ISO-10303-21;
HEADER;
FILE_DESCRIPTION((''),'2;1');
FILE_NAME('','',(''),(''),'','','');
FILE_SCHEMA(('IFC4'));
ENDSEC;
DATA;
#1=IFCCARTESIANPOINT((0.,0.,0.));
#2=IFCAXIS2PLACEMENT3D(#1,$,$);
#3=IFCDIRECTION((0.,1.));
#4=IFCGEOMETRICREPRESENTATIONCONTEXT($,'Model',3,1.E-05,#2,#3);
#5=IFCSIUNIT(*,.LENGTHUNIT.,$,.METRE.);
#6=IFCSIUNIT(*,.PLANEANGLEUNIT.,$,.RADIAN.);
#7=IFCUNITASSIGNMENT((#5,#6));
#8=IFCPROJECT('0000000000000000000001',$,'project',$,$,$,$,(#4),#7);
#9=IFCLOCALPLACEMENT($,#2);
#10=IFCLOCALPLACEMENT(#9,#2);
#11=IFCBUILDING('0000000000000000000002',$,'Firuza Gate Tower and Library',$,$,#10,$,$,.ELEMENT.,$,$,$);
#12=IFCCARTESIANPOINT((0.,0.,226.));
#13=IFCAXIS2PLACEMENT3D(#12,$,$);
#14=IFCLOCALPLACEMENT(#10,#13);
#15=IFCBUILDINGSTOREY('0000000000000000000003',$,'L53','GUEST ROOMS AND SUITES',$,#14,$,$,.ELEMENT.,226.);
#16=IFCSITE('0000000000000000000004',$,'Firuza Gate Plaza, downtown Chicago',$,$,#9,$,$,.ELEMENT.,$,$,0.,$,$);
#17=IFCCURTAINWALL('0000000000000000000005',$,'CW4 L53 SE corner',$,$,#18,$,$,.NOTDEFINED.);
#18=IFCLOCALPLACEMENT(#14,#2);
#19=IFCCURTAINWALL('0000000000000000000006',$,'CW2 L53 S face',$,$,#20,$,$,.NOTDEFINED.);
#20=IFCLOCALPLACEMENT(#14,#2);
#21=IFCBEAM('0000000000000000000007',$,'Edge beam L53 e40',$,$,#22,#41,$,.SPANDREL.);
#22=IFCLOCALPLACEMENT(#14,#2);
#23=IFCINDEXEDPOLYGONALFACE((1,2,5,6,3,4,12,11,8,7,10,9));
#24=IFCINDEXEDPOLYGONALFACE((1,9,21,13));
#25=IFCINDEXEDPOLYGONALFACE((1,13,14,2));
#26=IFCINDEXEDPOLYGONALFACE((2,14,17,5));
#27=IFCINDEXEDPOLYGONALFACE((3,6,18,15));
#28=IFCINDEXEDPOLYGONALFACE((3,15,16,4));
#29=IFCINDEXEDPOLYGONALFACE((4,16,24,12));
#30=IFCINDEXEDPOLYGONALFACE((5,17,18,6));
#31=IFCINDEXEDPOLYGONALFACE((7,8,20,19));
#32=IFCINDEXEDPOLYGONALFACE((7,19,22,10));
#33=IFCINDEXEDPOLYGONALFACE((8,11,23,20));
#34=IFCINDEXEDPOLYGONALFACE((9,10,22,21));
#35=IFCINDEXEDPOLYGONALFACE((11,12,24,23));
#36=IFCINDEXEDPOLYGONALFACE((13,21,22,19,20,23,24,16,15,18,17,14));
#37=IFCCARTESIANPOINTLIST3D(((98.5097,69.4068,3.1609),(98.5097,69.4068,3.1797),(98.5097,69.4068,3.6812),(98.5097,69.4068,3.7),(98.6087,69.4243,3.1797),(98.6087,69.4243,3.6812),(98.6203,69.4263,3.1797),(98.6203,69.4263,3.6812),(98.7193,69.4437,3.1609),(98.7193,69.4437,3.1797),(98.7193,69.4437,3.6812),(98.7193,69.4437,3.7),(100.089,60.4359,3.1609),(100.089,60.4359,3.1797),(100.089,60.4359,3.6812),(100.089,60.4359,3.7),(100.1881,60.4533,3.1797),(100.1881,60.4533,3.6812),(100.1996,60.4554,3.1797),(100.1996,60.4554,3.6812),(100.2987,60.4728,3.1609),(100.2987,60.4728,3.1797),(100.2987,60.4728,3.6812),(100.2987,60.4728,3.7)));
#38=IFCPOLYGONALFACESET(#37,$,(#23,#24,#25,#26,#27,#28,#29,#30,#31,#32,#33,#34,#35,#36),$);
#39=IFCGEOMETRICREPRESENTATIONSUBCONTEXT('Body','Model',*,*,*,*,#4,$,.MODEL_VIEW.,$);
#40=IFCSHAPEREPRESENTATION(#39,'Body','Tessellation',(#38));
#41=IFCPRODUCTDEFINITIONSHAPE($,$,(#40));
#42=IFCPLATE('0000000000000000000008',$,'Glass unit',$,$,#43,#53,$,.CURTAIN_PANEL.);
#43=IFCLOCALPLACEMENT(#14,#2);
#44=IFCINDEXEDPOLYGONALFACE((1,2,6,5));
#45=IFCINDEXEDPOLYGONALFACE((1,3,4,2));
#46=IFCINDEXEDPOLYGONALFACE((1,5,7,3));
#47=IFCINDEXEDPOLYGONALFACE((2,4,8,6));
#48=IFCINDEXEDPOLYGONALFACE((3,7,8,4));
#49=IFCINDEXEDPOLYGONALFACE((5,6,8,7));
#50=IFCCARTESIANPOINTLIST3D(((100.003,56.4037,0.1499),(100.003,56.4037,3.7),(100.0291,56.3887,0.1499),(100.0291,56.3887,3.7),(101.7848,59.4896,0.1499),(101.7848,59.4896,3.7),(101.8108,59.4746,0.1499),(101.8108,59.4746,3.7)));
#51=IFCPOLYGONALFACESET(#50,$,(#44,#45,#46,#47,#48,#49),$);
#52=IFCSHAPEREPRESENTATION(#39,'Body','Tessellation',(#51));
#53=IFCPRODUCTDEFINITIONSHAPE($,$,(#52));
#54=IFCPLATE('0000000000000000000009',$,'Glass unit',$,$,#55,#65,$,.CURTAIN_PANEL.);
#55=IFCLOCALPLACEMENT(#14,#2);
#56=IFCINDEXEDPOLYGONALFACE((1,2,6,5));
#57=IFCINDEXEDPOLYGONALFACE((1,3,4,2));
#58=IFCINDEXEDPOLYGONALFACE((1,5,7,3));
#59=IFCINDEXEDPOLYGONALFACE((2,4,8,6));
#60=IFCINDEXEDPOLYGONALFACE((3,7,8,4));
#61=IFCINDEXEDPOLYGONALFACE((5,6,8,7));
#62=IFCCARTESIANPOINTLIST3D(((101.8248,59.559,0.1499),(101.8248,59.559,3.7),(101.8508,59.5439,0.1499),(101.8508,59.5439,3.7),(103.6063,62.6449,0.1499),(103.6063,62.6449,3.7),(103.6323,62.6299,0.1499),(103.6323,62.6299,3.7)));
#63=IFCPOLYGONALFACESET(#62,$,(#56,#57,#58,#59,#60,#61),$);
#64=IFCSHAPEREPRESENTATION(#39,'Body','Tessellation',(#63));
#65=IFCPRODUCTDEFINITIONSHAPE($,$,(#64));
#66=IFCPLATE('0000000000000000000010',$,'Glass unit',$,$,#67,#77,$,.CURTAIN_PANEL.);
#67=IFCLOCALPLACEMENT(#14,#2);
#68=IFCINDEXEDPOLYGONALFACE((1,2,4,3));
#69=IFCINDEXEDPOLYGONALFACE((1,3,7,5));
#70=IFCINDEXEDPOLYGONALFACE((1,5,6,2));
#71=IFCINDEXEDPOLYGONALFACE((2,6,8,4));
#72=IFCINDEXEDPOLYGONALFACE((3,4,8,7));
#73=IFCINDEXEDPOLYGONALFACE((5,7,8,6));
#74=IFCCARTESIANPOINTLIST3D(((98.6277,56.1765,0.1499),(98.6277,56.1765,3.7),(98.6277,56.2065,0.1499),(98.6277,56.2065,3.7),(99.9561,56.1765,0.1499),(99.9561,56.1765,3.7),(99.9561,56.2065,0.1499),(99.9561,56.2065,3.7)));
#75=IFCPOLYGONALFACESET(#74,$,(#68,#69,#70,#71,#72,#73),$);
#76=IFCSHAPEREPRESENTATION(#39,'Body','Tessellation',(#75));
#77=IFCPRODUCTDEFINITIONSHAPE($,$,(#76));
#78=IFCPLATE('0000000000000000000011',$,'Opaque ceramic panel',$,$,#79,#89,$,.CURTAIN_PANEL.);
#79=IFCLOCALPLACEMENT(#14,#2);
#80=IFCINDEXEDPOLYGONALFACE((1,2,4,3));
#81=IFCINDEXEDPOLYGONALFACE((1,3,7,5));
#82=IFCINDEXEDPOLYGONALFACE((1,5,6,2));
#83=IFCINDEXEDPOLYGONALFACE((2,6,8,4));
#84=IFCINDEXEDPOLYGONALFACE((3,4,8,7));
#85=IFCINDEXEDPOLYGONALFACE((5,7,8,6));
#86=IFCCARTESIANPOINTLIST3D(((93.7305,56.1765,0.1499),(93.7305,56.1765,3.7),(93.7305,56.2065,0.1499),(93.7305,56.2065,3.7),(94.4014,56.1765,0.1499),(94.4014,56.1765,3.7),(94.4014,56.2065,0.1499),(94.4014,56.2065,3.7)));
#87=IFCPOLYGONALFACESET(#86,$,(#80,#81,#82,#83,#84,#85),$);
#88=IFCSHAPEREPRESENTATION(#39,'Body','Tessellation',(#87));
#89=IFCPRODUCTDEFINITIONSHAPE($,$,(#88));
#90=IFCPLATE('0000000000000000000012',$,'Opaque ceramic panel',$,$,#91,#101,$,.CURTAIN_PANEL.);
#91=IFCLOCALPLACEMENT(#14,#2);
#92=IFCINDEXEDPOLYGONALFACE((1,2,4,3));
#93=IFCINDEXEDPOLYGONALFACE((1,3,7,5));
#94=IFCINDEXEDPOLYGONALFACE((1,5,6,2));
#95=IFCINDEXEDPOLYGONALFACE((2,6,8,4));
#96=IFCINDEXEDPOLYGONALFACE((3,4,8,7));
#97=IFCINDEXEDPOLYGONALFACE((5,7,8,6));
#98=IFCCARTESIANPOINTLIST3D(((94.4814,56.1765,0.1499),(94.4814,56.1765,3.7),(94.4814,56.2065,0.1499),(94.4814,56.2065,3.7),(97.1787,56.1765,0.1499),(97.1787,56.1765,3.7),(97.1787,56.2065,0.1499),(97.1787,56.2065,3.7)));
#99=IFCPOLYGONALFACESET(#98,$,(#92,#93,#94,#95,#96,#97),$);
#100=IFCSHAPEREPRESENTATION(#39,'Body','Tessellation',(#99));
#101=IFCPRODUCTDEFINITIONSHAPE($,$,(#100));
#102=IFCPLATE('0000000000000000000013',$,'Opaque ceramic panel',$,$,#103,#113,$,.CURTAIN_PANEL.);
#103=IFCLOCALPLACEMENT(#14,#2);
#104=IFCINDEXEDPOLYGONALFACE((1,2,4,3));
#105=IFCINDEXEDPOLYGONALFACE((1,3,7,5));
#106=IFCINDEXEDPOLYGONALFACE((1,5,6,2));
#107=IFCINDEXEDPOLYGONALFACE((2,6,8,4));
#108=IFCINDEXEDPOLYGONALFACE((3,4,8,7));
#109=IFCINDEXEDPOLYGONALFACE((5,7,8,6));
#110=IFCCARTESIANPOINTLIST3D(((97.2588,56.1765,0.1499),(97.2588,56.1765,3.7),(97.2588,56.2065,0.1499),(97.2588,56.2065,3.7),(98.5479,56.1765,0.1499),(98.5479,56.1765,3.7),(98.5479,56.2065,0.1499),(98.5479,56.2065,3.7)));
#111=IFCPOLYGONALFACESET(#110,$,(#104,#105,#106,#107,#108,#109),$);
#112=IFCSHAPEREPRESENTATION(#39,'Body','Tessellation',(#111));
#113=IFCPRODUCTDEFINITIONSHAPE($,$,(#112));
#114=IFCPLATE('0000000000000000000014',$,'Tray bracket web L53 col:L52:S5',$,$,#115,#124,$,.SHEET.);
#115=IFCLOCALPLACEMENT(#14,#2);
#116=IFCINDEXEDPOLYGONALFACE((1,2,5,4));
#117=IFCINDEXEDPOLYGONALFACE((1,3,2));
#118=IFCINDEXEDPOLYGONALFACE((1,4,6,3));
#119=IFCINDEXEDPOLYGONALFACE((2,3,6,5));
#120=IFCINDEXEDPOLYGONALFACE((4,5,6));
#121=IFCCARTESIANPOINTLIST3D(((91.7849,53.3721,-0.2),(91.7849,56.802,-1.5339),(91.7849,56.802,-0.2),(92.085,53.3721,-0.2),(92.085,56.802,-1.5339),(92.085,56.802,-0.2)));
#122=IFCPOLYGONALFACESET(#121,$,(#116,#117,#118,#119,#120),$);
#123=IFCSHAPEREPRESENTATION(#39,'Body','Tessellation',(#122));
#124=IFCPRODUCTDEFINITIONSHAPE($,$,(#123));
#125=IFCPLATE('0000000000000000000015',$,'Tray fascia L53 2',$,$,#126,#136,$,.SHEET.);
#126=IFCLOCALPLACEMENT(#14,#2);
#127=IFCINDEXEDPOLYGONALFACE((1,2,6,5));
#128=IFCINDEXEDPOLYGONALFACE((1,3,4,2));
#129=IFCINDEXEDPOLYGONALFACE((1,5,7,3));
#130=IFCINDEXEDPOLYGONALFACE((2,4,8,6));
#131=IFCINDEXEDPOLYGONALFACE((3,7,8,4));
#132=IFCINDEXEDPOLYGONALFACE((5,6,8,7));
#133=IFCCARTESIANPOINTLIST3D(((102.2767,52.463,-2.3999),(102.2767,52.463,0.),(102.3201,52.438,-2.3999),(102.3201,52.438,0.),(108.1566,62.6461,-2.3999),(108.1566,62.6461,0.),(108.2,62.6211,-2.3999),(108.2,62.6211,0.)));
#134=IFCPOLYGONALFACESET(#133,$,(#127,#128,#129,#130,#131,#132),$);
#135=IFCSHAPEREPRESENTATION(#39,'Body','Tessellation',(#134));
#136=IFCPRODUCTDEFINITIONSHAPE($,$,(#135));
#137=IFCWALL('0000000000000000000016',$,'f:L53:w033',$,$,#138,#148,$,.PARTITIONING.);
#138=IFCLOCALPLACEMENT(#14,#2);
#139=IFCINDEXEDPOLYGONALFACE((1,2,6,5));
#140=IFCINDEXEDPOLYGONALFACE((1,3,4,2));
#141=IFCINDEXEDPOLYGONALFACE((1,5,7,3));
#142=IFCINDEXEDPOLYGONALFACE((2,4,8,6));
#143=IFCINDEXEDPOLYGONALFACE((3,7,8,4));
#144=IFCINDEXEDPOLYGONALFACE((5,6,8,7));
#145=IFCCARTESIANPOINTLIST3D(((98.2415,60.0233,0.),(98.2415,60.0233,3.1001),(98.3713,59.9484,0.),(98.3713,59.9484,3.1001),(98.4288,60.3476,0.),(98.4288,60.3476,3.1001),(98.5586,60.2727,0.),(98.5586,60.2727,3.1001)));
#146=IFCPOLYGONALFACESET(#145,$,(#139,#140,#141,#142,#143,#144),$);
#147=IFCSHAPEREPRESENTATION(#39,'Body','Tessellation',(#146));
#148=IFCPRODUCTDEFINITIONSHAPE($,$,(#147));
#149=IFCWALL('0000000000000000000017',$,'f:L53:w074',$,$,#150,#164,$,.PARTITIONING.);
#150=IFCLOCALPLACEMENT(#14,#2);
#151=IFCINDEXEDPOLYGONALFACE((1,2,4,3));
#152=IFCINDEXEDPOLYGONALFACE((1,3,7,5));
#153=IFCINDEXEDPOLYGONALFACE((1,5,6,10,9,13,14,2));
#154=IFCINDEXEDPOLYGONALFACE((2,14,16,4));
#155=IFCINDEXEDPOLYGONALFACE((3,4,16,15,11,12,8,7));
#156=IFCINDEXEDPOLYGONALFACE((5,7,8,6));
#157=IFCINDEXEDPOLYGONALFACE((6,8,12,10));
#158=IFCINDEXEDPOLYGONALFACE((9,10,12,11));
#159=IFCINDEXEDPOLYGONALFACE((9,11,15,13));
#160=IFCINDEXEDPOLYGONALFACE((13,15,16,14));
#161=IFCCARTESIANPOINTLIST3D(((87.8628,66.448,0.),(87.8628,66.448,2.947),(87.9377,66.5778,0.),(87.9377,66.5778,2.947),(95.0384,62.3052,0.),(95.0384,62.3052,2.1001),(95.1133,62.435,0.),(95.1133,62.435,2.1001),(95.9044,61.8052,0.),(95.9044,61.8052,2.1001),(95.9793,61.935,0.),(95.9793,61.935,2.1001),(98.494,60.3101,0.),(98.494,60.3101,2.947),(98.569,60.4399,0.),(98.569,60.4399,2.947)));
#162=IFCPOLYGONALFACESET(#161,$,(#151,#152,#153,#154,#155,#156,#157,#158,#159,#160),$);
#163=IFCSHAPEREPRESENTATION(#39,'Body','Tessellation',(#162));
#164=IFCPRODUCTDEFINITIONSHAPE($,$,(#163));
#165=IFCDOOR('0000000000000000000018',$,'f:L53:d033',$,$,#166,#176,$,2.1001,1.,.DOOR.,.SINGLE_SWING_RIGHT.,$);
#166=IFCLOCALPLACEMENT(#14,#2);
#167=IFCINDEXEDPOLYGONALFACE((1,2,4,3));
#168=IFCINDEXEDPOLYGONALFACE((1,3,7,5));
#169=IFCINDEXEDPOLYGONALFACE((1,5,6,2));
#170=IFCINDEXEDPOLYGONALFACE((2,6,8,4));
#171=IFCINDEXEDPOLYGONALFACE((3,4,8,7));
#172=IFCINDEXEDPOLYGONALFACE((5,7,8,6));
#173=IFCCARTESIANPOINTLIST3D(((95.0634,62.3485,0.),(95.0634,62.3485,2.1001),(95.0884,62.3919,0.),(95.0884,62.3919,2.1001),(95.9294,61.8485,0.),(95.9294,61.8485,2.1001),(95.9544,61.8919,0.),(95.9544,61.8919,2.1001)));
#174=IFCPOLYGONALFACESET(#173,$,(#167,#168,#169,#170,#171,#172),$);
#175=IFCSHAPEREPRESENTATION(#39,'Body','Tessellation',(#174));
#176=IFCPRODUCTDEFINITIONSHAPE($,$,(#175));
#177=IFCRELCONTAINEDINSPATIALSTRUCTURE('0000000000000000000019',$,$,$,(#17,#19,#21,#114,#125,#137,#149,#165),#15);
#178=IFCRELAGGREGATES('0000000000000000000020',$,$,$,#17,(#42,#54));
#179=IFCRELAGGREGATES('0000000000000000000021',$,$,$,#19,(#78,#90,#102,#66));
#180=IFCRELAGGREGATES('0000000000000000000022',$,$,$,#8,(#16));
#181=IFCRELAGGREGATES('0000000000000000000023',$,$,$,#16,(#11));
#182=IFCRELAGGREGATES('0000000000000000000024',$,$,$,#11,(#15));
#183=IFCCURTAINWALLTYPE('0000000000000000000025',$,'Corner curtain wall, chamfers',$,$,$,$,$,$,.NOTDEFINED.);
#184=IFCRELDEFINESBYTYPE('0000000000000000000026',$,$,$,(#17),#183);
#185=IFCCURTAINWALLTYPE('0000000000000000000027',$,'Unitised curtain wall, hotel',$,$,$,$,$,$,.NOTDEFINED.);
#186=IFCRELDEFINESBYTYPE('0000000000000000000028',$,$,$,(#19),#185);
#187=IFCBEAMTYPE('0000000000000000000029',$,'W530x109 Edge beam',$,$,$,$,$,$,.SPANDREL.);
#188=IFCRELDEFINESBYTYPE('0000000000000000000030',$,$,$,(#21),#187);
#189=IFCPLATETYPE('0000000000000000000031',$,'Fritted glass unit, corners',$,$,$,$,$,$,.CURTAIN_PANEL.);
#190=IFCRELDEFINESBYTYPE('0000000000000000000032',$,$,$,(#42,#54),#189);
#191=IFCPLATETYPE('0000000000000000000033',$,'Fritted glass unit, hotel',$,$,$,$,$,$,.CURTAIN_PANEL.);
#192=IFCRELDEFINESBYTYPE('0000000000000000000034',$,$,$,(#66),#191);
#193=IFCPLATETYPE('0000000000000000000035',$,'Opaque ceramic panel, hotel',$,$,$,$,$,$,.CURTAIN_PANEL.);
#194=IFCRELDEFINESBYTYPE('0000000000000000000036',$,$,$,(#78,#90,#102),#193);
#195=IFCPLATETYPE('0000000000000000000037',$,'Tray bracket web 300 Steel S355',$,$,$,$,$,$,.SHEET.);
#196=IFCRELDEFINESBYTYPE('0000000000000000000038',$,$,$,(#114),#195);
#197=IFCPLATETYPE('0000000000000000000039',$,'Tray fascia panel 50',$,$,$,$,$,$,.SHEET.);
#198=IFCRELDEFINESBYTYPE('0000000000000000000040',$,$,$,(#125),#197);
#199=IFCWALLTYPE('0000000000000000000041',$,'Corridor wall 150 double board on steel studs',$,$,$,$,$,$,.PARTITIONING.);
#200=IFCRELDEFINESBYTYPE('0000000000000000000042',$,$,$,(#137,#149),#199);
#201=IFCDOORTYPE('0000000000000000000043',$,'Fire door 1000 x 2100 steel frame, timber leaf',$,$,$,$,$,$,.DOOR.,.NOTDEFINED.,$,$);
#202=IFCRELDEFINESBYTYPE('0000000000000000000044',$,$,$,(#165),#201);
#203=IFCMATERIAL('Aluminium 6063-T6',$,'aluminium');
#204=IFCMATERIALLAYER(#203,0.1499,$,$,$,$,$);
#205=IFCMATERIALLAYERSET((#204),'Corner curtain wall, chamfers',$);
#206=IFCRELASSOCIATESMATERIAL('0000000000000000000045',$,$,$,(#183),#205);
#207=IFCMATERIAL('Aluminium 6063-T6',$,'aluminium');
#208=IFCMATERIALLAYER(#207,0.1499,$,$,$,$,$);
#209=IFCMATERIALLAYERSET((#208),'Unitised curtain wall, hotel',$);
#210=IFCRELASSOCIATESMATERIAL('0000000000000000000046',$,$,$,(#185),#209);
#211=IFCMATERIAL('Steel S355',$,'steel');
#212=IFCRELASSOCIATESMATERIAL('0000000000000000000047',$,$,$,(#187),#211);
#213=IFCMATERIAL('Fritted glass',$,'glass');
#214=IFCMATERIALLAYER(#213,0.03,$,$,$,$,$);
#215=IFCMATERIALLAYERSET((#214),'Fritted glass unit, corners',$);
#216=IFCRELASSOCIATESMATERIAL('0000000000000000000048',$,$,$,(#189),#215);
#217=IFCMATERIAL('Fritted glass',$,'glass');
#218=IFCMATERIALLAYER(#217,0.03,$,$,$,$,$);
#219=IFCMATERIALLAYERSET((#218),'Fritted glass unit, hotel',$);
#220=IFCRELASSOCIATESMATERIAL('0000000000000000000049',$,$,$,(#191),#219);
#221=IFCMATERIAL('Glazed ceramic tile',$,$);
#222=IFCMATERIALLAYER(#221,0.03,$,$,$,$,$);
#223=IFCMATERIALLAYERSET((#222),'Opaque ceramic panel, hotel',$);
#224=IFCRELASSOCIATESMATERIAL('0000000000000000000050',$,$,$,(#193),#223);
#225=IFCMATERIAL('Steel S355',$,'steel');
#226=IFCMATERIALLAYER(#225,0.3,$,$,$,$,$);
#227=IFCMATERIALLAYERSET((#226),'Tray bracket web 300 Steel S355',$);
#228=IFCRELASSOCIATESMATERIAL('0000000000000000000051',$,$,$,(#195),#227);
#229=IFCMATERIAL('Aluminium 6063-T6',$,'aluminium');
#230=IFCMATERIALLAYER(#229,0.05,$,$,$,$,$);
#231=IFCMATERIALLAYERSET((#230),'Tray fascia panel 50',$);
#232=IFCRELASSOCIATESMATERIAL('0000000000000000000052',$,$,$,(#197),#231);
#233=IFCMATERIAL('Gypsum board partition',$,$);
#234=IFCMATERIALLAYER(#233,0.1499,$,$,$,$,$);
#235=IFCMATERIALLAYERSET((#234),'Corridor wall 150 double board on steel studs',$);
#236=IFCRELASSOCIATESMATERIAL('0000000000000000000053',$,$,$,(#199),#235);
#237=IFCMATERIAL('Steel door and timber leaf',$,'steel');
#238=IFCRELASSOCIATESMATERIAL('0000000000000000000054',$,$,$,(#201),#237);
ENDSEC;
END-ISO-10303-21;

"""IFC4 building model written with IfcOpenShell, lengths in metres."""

from ifc_helpers import new_model, si_unit, direction, frame, frame_2d, origin, origin_2d, place, context, subcontext, project, spatial, polyline, rectangle, i_section, outline, extrude, material, layer, layer_set, material_profile, profile_set, type_object, element, fill, aggregate, save


model = new_model("IFC4")

# Units and contexts
model_context = context("Model", 3, precision=1e-05, world=origin(), true_north=direction((0.0, 1.0)))
body_context = subcontext(model_context, "Body", "Model", "MODEL_VIEW")
ifc_project = project(units=[si_unit("LENGTHUNIT", "METRE"), si_unit("PLANEANGLEUNIT", "RADIAN")], contexts=[model_context])

# Site, building, storey
site_placement = place(None, origin())
site = spatial("IfcSite", under=ifc_project, at=site_placement, Name="Firuza Gate Plaza, downtown Chicago", CompositionType="ELEMENT", RefElevation=0.0)
building_placement = place(site_placement, origin())
building = spatial("IfcBuilding", under=site, at=building_placement, Name="Firuza Gate Tower and Library", CompositionType="ELEMENT")
storey_placement = place(building_placement, frame((0.0, 0.0, 226.0)))
storey = spatial("IfcBuildingStorey", under=building, at=storey_placement, Name="L53", Description="GUEST ROOMS AND SUITES", CompositionType="ELEMENT", Elevation=226.0)

# Curtain walls
ifc_material_1 = material(Name="Aluminium 6063-T6", Category="aluminium")
ifc_layer_1 = layer(ifc_material_1, 0.1499)
ifc_layer_set_1 = layer_set([ifc_layer_1], Name="Corner curtain wall, chamfers")
curtain_wall_type_1 = type_object("IfcCurtainWallType", Name="Corner curtain wall, chamfers", PredefinedType="NOTDEFINED", material=ifc_layer_set_1)
placement = place(storey_placement, origin())
curtain_wall_1 = element("IfcCurtainWall", 1, at=placement, inside=storey, type_object=curtain_wall_type_1, Name="CW4 L53 SE corner", PredefinedType="NOTDEFINED")
ifc_material_2 = material(Name="Aluminium 6063-T6", Category="aluminium")
ifc_layer_2 = layer(ifc_material_2, 0.1499)
ifc_layer_set_2 = layer_set([ifc_layer_2], Name="Unitised curtain wall, hotel")
curtain_wall_type_2 = type_object("IfcCurtainWallType", Name="Unitised curtain wall, hotel", PredefinedType="NOTDEFINED", material=ifc_layer_set_2)
curtain_wall_2 = element("IfcCurtainWall", 2, at=placement, inside=storey, type_object=curtain_wall_type_2, Name="CW2 L53 S face", PredefinedType="NOTDEFINED")

# Beam
ifc_material_3 = material(Name="Steel S355", Category="steel")
ifc_material_profile_1 = material_profile(ifc_material_3, i_section(OverallWidth=0.2129, OverallDepth=0.5391, WebThickness=0.0117, FlangeThickness=0.0188, at=origin_2d()))
ifc_profile_set_1 = profile_set([ifc_material_profile_1], Name="Steel S355")
beam_type_1 = type_object("IfcBeamType", Name="W530x109 Edge beam", PredefinedType="SPANDREL", material=ifc_profile_set_1)
beam_1_placement = place(storey_placement, frame((100.1938, 60.4543, 3.4304), z_axis=(-0.173385, 0.984854, 0.0), x_axis=(-0.984854, -0.173385, 0.0)))
element("IfcBeam", 3, at=beam_1_placement, inside=storey, type_object=beam_type_1, Name="Edge beam L53 e40", PredefinedType="SPANDREL", context=body_context, shape_type="SweptSolid", body=[
    extrude(i_section(OverallWidth=0.2129, OverallDepth=0.5391, WebThickness=0.0117, FlangeThickness=0.0188, at=origin_2d()), origin(), (0.0, 0.0, 1.0), 9.1089),
])

# Plates
ifc_material_4 = material(Name="Fritted glass", Category="glass")
ifc_layer_3 = layer(ifc_material_4, 0.03)
ifc_layer_set_3 = layer_set([ifc_layer_3], Name="Fritted glass unit, corners")
plate_type_1 = type_object("IfcPlateType", Name="Fritted glass unit, corners", PredefinedType="CURTAIN_PANEL", material=ifc_layer_set_3)
plate_1_placement = place(storey_placement, frame((100.0291, 56.3887, 0.1499), z_axis=(0.866017, -0.500015, 0.0), x_axis=(0.500015, 0.866017, 0.0)))
plate_1 = element("IfcPlate", 4, at=plate_1_placement, type_object=plate_type_1, Name="Glass unit", PredefinedType="CURTAIN_PANEL", context=body_context, shape_type="SweptSolid", body=[
    extrude(outline(polyline([(0.0, 0.0), (3.5634, 0.0), (3.5634, 3.55), (0.0, 3.55), (0.0, 0.0)])), origin(), (0.0, 0.0, -1.0), 0.03),
])
plate_2_placement = place(storey_placement, frame((101.8508, 59.5439, 0.1499), z_axis=(0.866046, -0.499964, 0.0), x_axis=(0.499964, 0.866046, 0.0)))
plate_2 = element("IfcPlate", 5, at=plate_2_placement, type_object=plate_type_1, Name="Glass unit", PredefinedType="CURTAIN_PANEL", context=body_context, shape_type="SweptSolid", body=[
    extrude(outline(polyline([(0.0, 0.0), (3.5632, 0.0), (3.5632, 3.55), (0.0, 3.55), (0.0, 0.0)])), origin(), (0.0, 0.0, -1.0), 0.03),
])
aggregate(curtain_wall_1, [plate_1, plate_2])
ifc_material_5 = material(Name="Fritted glass", Category="glass")
ifc_layer_4 = layer(ifc_material_5, 0.03)
ifc_layer_set_4 = layer_set([ifc_layer_4], Name="Fritted glass unit, hotel")
plate_type_2 = type_object("IfcPlateType", Name="Fritted glass unit, hotel", PredefinedType="CURTAIN_PANEL", material=ifc_layer_set_4)
plate_3_placement = place(storey_placement, frame((98.6277, 56.1765, 0.1499), z_axis=(0.0, -1.0, 0.0), x_axis=(1.0, 0.0, 0.0)))
plate_3 = element("IfcPlate", 6, at=plate_3_placement, type_object=plate_type_2, Name="Glass unit", PredefinedType="CURTAIN_PANEL", context=body_context, shape_type="SweptSolid", body=[
    extrude(outline(polyline([(0.0, 0.0), (1.3284, 0.0), (1.3284, 3.55), (0.0, 3.55), (0.0, 0.0)])), origin(), (0.0, 0.0, -1.0), 0.03),
])
ifc_material_6 = material(Name="Glazed ceramic tile")
ifc_layer_5 = layer(ifc_material_6, 0.03)
ifc_layer_set_5 = layer_set([ifc_layer_5], Name="Opaque ceramic panel, hotel")
plate_type_3 = type_object("IfcPlateType", Name="Opaque ceramic panel, hotel", PredefinedType="CURTAIN_PANEL", material=ifc_layer_set_5)
plate_4_placement = place(storey_placement, frame((93.7305, 56.1765, 0.1499), z_axis=(0.0, -1.0, 0.0), x_axis=(1.0, 0.0, 0.0)))
plate_4 = element("IfcPlate", 7, at=plate_4_placement, type_object=plate_type_3, Name="Opaque ceramic panel", PredefinedType="CURTAIN_PANEL", context=body_context, shape_type="SweptSolid", body=[
    extrude(outline(polyline([(0.0, 0.0), (0.6709, 0.0), (0.6709, 3.55), (0.0, 3.55), (0.0, 0.0)])), origin(), (0.0, 0.0, -1.0), 0.03),
])
plate_5_placement = place(storey_placement, frame((94.4814, 56.1765, 0.1499), z_axis=(0.0, -1.0, 0.0), x_axis=(1.0, 0.0, 0.0)))
plate_5 = element("IfcPlate", 8, at=plate_5_placement, type_object=plate_type_3, Name="Opaque ceramic panel", PredefinedType="CURTAIN_PANEL", context=body_context, shape_type="SweptSolid", body=[
    extrude(outline(polyline([(0.0, 0.0), (2.6973, 0.0), (2.6973, 3.55), (0.0, 3.55), (0.0, 0.0)])), origin(), (0.0, 0.0, -1.0), 0.03),
])
plate_6_placement = place(storey_placement, frame((97.2588, 56.1765, 0.1499), z_axis=(0.0, -1.0, 0.0), x_axis=(1.0, 0.0, 0.0)))
plate_6 = element("IfcPlate", 9, at=plate_6_placement, type_object=plate_type_3, Name="Opaque ceramic panel", PredefinedType="CURTAIN_PANEL", context=body_context, shape_type="SweptSolid", body=[
    extrude(outline(polyline([(0.0, 0.0), (1.2891, 0.0), (1.2891, 3.55), (0.0, 3.55), (0.0, 0.0)])), origin(), (0.0, 0.0, -1.0), 0.03),
])
aggregate(curtain_wall_2, [plate_4, plate_5, plate_6, plate_3])

# Plates
ifc_material_7 = material(Name="Steel S355", Category="steel")
ifc_layer_6 = layer(ifc_material_7, 0.3)
ifc_layer_set_6 = layer_set([ifc_layer_6], Name="Tray bracket web 300 Steel S355")
plate_type_4 = type_object("IfcPlateType", Name="Tray bracket web 300 Steel S355", PredefinedType="SHEET", material=ifc_layer_set_6)
plate_7_placement = place(storey_placement, frame((92.085, 56.802, -0.2), z_axis=(1.0, 0.0, 0.0), x_axis=(0.0, -1.0, 0.0)))
element("IfcPlate", 10, at=plate_7_placement, inside=storey, type_object=plate_type_4, Name="Tray bracket web L53 col:L52:S5", PredefinedType="SHEET", context=body_context, shape_type="SweptSolid", body=[
    extrude(outline(polyline([(0.0, 0.0), (3.4299, 0.0), (0.0, 1.334), (0.0, 0.0)])), origin(), (0.0, 0.0, -1.0), 0.3),
])
ifc_material_8 = material(Name="Aluminium 6063-T6", Category="aluminium")
ifc_layer_7 = layer(ifc_material_8, 0.05)
ifc_layer_set_7 = layer_set([ifc_layer_7], Name="Tray fascia panel 50")
plate_type_5 = type_object("IfcPlateType", Name="Tray fascia panel 50", PredefinedType="SHEET", material=ifc_layer_set_7)
plate_8_placement = place(storey_placement, frame((102.3201, 52.438, -2.3999), z_axis=(0.866001, -0.500042, 0.0), x_axis=(0.500042, 0.866001, 0.0)))
element("IfcPlate", 11, at=plate_8_placement, inside=storey, type_object=plate_type_5, Name="Tray fascia L53 2", PredefinedType="SHEET", context=body_context, shape_type="SweptSolid", body=[
    extrude(outline(polyline([(0.0, 0.0), (11.7588, 0.0), (11.7588, 2.3999), (0.0, 2.3999), (0.0, 0.0)])), origin(), (0.0, 0.0, -1.0), 0.05),
])

# Wall
ifc_material_9 = material(Name="Gypsum board partition")
ifc_layer_8 = layer(ifc_material_9, 0.1499)
ifc_layer_set_8 = layer_set([ifc_layer_8], Name="Corridor wall 150 double board on steel studs")
wall_type_1 = type_object("IfcWallType", Name="Corridor wall 150 double board on steel studs", PredefinedType="PARTITIONING", material=ifc_layer_set_8)
wall_1_placement = place(storey_placement, frame((98.3064, 59.9858, 0.0), z_axis=(0.0, 0.0, 1.0), x_axis=(0.500136, 0.865947, 0.0)))
element("IfcWall", 12, at=wall_1_placement, inside=storey, type_object=wall_type_1, Name="f:L53:w033", PredefinedType="PARTITIONING", context=body_context, shape_type="SweptSolid", body=[
    extrude(rectangle(XDim=0.3745, YDim=0.1499, at=frame_2d((0.1873, 0.0))), origin(), (0.0, 0.0, 1.0), 3.1001),
])

# Wall, opening, door
wall_2_placement = place(storey_placement, frame((98.5315, 60.375, 0.0), z_axis=(0.0, 0.0, 1.0), x_axis=(-0.866028, 0.499996, 0.0)))
wall_2 = element("IfcWall", 13, at=wall_2_placement, inside=storey, type_object=wall_type_1, Name="f:L53:w074", PredefinedType="PARTITIONING", context=body_context, shape_type="SweptSolid", body=[
    extrude(rectangle(XDim=12.2759, YDim=0.1499, at=frame_2d((6.1379, 0.0))), origin(), (0.0, 0.0, 1.0), 2.947),
])
opening_placement = place(wall_2_placement, frame((2.9902, 0.0, 0.0)))
opening = element("IfcOpeningElement", 14, at=opening_placement, cuts=wall_2, PredefinedType="OPENING", context=body_context, shape_type="SweptSolid", body=[
    extrude(rectangle(XDim=1.0, YDim=2.1001, at=frame_2d((0.5, 1.05))), frame((0.0, 0.085, 0.0), z_axis=(0.0, -1.0, 0.0), x_axis=(1.0, 0.0, 0.0)), (0.0, 0.0, 1.0), 0.1699),
])
ifc_material_10 = material(Name="Steel door and timber leaf", Category="steel")
door_type = type_object("IfcDoorType", Name="Fire door 1000 x 2100 steel frame, timber leaf", OperationType="NOTDEFINED", PredefinedType="DOOR", material=ifc_material_10)
door_placement = place(opening_placement, origin())
door = element("IfcDoor", 15, at=door_placement, inside=storey, type_object=door_type, Name="f:L53:d033", OperationType="SINGLE_SWING_RIGHT", OverallHeight=2.1001, OverallWidth=1.0, PredefinedType="DOOR", context=body_context, shape_type="SweptSolid", body=[
    extrude(rectangle(XDim=1.0, YDim=2.1001, at=frame_2d((0.5, 1.05))), frame((0.0, 0.0249, 0.0), z_axis=(0.0, -1.0, 0.0), x_axis=(1.0, 0.0, 0.0)), (0.0, 0.0, 1.0), 0.05),
])
fill(opening, door)

save(model, "model.ifc")
